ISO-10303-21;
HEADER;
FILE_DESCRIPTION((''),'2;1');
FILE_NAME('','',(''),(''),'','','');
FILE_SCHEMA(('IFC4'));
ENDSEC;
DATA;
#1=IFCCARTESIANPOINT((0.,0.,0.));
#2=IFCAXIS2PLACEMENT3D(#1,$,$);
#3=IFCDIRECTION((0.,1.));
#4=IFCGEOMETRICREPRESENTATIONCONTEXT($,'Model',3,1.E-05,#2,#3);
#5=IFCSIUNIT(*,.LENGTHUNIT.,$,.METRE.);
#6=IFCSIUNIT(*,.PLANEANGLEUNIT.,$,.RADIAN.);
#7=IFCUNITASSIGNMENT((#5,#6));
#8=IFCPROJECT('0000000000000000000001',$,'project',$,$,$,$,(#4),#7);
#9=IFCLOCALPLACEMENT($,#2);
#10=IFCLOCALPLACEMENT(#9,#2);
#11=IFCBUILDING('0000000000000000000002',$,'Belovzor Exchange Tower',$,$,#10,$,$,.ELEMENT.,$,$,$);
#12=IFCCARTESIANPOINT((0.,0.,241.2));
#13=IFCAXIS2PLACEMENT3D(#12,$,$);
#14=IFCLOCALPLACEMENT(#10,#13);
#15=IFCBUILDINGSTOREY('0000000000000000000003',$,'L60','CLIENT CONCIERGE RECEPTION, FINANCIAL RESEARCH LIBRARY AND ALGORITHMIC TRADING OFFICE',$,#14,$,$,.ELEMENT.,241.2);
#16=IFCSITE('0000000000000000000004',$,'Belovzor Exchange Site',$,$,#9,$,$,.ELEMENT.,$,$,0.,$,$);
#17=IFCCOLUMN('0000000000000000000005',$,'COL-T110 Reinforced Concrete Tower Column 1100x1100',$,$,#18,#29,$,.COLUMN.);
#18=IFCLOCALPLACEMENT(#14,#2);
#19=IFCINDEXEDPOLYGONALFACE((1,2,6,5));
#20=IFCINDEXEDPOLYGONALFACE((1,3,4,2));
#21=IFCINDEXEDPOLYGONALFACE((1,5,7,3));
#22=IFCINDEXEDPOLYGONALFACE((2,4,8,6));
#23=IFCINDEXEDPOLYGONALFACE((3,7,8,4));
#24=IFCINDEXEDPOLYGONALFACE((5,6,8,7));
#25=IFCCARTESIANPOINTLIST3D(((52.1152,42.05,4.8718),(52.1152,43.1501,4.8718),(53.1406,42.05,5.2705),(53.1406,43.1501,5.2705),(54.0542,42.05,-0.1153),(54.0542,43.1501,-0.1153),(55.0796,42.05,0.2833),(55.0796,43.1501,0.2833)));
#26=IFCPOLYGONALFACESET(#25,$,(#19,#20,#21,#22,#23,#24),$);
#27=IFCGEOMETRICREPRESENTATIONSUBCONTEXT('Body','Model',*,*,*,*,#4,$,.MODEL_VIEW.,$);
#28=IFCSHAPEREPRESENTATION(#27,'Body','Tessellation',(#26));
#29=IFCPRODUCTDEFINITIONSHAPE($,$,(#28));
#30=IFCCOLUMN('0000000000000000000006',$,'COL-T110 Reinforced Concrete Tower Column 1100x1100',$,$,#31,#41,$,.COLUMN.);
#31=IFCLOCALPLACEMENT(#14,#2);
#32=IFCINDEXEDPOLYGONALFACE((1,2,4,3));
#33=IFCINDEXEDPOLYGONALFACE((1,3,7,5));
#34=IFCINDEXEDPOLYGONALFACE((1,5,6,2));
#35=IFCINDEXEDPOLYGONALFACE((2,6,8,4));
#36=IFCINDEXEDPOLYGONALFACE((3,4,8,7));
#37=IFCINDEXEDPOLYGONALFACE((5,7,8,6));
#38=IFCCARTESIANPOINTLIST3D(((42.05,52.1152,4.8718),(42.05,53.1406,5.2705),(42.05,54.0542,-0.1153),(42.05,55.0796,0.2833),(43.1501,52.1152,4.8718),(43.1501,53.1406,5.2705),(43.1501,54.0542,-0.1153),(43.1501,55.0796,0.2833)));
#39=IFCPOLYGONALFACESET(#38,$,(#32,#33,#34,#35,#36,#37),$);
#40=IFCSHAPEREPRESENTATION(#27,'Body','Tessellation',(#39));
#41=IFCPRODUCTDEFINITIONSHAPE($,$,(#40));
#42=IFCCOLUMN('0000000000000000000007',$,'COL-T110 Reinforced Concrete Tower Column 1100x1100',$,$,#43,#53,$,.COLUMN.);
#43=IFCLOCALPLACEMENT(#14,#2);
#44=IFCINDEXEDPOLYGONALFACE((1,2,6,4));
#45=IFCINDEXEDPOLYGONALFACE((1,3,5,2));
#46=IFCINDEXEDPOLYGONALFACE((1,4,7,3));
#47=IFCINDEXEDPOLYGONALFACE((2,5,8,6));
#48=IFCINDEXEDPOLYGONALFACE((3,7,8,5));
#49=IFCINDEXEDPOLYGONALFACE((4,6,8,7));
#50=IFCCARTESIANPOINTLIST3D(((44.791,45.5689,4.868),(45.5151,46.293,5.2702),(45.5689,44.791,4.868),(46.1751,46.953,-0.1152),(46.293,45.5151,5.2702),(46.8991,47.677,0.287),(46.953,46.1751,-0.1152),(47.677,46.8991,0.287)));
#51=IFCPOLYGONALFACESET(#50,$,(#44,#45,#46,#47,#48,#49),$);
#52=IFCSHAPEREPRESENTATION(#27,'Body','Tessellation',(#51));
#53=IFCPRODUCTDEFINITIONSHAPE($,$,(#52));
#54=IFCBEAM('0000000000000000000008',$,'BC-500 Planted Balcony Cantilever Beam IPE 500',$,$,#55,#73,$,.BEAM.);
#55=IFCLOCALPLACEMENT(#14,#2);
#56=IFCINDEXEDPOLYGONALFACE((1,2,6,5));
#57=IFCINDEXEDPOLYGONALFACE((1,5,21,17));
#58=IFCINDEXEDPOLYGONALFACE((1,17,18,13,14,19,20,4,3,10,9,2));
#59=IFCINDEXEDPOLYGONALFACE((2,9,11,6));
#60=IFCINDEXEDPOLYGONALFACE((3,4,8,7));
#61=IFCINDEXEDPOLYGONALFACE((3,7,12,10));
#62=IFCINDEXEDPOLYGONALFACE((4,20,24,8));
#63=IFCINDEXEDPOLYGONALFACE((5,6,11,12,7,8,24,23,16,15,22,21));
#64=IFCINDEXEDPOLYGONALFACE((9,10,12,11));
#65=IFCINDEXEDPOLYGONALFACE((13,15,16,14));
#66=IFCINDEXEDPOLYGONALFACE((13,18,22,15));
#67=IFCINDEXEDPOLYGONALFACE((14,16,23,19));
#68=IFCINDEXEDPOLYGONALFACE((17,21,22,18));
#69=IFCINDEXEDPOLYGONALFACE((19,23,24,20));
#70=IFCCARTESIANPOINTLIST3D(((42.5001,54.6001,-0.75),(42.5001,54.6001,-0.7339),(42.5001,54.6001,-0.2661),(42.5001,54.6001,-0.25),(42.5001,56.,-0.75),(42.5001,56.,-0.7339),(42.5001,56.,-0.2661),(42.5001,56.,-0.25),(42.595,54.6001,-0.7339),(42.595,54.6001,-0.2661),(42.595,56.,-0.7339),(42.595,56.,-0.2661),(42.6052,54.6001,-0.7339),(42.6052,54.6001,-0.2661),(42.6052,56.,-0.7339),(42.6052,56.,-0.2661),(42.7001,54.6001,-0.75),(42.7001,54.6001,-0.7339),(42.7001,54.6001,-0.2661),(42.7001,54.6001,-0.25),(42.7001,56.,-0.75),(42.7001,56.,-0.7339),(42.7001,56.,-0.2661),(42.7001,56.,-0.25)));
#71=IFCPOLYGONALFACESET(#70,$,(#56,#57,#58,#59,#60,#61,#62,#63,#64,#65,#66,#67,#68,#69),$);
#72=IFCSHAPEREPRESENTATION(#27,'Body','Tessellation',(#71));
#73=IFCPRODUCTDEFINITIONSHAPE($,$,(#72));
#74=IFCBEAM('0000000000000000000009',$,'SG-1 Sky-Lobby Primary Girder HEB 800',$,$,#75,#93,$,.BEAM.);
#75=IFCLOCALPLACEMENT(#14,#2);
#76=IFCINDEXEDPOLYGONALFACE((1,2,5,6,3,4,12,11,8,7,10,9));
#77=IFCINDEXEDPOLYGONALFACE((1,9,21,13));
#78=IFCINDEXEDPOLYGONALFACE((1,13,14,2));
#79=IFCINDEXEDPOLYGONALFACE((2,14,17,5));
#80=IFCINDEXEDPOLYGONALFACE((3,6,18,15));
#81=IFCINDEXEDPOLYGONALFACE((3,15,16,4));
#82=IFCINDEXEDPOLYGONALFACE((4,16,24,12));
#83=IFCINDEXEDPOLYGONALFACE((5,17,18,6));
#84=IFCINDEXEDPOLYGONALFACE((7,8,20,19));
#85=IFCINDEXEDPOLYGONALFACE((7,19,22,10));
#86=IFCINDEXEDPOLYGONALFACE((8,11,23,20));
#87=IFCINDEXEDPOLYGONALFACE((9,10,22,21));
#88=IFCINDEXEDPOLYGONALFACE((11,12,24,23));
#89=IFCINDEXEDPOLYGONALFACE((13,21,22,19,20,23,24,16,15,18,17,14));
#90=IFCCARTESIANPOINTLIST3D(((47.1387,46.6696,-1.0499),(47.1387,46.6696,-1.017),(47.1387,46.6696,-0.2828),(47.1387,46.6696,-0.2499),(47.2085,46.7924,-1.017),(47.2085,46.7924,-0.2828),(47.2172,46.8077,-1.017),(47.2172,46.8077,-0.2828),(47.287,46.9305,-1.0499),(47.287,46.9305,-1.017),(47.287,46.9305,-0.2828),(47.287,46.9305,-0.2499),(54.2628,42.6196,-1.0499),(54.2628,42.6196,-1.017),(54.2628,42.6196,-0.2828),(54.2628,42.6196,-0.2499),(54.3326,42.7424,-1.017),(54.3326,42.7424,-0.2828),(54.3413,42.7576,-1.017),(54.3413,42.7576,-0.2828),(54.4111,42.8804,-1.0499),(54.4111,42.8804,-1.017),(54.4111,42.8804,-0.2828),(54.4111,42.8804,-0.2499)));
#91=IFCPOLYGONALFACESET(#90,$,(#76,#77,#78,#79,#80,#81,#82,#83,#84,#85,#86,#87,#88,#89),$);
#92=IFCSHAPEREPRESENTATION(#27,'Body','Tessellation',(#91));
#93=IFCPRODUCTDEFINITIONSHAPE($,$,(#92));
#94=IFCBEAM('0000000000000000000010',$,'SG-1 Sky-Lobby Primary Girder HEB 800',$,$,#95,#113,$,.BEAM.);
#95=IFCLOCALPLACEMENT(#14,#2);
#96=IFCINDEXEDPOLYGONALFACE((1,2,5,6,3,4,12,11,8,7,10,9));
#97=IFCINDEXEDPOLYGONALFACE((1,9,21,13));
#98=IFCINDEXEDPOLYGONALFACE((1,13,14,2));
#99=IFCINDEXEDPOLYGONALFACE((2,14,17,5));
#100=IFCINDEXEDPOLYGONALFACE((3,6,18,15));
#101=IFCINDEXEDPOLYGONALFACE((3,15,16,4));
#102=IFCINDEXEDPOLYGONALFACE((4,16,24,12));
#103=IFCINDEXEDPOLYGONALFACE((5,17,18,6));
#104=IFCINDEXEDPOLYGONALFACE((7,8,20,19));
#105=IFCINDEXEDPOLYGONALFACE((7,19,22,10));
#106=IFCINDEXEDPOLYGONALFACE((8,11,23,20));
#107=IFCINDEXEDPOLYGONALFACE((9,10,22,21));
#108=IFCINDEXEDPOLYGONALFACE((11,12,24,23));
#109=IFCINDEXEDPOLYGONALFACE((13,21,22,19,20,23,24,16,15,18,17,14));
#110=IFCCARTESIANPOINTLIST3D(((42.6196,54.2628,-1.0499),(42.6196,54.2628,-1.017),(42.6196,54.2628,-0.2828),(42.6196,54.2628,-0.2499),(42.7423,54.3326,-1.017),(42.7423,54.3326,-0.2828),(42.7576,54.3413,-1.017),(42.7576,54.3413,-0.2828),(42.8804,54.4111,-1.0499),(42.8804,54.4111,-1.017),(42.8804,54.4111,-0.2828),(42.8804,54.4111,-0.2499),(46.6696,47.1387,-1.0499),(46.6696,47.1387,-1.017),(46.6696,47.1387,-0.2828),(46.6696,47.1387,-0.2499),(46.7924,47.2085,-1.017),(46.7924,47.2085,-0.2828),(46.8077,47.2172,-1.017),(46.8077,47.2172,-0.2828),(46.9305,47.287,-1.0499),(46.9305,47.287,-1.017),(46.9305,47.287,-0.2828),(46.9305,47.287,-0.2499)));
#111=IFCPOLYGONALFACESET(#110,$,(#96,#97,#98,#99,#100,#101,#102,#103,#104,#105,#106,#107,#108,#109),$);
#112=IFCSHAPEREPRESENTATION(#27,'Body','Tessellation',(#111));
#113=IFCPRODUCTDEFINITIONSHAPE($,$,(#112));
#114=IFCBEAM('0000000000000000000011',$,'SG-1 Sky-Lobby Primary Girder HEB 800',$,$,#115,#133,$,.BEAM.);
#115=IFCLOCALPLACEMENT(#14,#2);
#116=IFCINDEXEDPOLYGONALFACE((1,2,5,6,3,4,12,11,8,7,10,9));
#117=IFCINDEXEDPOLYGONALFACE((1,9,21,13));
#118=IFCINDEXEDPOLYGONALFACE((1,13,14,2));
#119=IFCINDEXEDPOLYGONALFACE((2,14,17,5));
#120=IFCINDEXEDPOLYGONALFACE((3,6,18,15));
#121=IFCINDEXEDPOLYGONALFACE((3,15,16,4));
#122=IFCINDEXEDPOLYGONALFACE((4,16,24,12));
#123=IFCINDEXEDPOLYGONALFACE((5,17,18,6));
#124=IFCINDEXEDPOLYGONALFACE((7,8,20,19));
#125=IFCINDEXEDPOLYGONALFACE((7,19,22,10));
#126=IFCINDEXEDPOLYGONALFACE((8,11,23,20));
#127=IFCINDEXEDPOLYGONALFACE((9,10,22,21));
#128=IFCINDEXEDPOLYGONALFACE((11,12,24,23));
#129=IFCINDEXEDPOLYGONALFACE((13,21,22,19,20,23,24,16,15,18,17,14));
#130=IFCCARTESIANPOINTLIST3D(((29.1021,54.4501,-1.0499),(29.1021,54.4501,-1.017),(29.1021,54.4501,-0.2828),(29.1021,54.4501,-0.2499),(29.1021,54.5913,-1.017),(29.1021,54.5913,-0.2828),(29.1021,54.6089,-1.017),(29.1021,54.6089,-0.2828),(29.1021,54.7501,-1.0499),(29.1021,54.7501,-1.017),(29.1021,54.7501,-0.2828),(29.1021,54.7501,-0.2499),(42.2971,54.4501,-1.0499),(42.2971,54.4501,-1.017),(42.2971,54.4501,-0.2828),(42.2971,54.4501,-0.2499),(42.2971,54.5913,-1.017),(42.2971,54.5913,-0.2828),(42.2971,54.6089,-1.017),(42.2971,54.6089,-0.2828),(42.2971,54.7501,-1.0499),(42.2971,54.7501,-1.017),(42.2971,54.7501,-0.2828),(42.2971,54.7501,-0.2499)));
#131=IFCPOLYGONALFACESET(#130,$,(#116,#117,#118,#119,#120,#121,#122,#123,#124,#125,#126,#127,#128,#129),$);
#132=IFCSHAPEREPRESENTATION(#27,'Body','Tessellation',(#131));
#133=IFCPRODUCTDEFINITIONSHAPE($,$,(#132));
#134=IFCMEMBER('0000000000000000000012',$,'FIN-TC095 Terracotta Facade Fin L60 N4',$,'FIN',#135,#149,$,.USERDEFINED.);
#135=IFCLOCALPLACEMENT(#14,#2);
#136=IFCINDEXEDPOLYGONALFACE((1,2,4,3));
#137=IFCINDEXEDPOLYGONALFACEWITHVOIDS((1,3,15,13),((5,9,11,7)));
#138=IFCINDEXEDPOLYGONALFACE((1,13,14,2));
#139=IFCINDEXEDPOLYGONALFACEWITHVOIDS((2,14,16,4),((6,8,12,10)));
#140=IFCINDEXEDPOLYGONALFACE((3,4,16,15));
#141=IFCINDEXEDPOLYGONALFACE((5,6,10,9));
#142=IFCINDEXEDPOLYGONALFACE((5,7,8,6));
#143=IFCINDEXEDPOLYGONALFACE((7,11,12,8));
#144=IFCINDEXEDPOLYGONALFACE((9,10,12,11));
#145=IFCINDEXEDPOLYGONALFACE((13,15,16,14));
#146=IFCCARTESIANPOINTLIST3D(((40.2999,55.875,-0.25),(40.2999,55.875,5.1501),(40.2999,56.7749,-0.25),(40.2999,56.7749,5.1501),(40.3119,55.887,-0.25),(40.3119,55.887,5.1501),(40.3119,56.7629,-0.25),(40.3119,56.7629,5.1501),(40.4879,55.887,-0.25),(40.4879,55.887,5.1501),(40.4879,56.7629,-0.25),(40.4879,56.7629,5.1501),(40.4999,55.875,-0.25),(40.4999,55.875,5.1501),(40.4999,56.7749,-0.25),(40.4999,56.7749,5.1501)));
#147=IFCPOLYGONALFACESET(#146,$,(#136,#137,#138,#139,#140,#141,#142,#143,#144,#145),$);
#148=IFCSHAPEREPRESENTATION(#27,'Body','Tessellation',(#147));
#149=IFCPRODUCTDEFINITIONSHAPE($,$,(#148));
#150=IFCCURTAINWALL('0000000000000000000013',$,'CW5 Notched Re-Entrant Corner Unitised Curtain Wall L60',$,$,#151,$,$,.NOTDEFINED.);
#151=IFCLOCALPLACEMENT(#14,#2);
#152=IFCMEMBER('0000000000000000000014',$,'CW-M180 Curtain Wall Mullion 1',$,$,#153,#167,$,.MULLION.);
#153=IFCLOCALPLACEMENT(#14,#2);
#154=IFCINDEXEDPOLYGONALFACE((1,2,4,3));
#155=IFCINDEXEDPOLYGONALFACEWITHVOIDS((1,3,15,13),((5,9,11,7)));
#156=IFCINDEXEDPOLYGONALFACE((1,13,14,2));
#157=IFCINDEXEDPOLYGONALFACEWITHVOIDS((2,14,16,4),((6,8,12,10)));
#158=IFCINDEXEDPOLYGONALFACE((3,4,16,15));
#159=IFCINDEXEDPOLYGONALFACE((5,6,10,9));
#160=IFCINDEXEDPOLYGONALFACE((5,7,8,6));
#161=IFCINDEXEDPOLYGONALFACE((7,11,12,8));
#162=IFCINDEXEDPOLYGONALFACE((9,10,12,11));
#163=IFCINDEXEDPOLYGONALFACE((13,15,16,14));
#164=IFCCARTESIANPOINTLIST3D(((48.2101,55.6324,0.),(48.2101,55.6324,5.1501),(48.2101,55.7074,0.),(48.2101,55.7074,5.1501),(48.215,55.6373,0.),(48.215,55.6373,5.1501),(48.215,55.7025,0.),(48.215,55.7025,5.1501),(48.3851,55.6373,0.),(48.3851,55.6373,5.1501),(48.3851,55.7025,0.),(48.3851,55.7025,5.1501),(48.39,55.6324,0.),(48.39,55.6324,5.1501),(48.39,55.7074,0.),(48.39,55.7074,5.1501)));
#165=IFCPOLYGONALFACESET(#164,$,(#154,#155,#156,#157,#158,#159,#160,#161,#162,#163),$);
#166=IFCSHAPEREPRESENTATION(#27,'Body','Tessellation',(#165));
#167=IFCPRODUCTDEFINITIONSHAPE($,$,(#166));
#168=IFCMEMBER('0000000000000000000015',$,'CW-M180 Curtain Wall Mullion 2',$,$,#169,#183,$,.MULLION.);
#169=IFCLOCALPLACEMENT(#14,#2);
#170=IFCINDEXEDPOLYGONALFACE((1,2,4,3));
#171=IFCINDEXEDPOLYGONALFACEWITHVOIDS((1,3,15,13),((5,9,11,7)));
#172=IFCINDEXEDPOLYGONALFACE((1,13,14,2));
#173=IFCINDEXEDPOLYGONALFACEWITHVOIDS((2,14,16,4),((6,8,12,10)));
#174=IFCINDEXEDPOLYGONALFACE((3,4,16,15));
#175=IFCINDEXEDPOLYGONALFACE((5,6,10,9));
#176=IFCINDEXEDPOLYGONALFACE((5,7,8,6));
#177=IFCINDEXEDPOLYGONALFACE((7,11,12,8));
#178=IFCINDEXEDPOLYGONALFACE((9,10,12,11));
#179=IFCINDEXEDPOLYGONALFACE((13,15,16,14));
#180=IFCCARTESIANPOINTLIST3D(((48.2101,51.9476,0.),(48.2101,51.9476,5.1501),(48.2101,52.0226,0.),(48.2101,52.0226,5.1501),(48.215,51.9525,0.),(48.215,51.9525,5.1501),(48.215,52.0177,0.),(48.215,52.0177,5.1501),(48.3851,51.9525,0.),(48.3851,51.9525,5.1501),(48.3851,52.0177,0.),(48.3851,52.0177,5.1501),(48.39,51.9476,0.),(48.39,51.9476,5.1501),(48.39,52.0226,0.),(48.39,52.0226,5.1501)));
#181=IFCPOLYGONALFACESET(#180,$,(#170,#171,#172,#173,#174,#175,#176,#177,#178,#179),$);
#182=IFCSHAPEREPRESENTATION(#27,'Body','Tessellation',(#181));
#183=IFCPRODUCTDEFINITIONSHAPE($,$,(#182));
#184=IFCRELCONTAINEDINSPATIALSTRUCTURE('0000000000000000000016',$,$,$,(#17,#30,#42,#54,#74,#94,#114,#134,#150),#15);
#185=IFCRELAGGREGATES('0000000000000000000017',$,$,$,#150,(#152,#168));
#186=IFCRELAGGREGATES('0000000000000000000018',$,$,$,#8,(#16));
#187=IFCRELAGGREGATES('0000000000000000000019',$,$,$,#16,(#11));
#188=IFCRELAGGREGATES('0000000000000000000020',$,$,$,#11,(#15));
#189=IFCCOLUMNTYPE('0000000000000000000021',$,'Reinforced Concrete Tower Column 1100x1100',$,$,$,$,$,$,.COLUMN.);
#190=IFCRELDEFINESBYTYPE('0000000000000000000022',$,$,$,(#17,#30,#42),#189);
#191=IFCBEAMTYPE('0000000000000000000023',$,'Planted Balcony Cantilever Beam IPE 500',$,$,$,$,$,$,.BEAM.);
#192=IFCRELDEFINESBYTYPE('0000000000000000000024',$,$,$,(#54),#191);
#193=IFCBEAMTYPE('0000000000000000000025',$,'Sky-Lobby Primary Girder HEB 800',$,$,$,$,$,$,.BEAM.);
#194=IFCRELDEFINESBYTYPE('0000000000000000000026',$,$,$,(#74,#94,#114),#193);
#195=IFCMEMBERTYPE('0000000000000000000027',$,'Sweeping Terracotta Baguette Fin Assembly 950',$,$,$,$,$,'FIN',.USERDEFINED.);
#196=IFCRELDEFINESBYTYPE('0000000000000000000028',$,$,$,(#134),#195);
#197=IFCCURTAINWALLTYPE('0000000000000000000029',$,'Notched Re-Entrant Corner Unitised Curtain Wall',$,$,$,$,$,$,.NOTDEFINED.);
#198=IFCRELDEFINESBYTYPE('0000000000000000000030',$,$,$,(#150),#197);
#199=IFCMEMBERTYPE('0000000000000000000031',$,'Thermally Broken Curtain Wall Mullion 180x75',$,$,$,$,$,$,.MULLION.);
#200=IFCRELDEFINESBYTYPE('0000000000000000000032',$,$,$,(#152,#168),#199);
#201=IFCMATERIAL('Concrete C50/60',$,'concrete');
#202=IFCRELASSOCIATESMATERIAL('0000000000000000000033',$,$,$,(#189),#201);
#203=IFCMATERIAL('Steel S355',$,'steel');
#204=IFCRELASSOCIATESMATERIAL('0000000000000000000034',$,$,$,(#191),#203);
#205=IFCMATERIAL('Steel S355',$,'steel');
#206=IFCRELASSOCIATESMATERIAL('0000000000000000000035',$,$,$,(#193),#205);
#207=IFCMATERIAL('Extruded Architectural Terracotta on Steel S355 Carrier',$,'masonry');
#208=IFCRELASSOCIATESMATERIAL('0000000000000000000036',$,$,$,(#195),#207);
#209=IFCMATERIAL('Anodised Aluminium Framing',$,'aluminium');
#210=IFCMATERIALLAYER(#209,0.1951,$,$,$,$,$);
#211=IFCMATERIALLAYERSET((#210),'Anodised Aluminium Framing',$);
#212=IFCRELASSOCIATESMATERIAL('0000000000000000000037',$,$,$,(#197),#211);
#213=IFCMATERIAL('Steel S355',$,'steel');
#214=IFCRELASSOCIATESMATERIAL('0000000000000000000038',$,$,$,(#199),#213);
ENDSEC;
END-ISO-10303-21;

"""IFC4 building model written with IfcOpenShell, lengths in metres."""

from ifc_helpers import new_model, si_unit, direction, frame, origin, origin_2d, place, context, subcontext, project, spatial, rectangle, hollow_rectangle, i_section, extrude, material, layer, layer_set, material_profile, profile_set, type_object, element, aggregate, save


model = new_model("IFC4")

# Units and contexts
model_context = context("Model", 3, precision=1e-05, world=origin(), true_north=direction((0.0, 1.0)))
body_context = subcontext(model_context, "Body", "Model", "MODEL_VIEW")
ifc_project = project(units=[si_unit("LENGTHUNIT", "METRE"), si_unit("PLANEANGLEUNIT", "RADIAN")], contexts=[model_context])

# Site, building, storey
site_placement = place(None, origin())
site = spatial("IfcSite", under=ifc_project, at=site_placement, Name="Belovzor Exchange Site", CompositionType="ELEMENT", RefElevation=0.0)
building_placement = place(site_placement, origin())
building = spatial("IfcBuilding", under=site, at=building_placement, Name="Belovzor Exchange Tower", CompositionType="ELEMENT")
storey_placement = place(building_placement, frame((0.0, 0.0, 241.2)))
storey = spatial("IfcBuildingStorey", under=building, at=storey_placement, Name="L60", Description="CLIENT CONCIERGE RECEPTION, FINANCIAL RESEARCH LIBRARY AND ALGORITHMIC TRADING OFFICE", CompositionType="ELEMENT", Elevation=241.2)

# Columns
ifc_material_1 = material(Name="Concrete C50/60", Category="concrete")
ifc_material_profile_1 = material_profile(ifc_material_1, rectangle(XDim=1.1001, YDim=1.1001, at=origin_2d()))
ifc_profile_set_1 = profile_set([ifc_material_profile_1], Name="Concrete C50/60")
column_type = type_object("IfcColumnType", Name="Reinforced Concrete Tower Column 1100x1100", PredefinedType="COLUMN", material=ifc_profile_set_1)
for number, where, z_axis, x_axis, name in (
    (1, (54.5669, 42.6001, 0.084), (-0.362374, 0.0, 0.932033), (0.0, -1.0, 0.0), "COL-T110 Reinforced Concrete Tower Column 1100x1100"),
    (2, (42.6001, 54.5669, 0.084), (0.0, -0.362374, 0.932033), (1.0, 0.0, 0.0), "COL-T110 Reinforced Concrete Tower Column 1100x1100"),
):
    element("IfcColumn", number, at=place(storey_placement, frame(where, z_axis=z_axis, x_axis=x_axis)), inside=storey, type_object=column_type, Name=name, PredefinedType="COLUMN", context=body_context, shape_type="SweptSolid", body=[
        extrude(rectangle(XDim=1.1001, YDim=1.1001, at=origin_2d()), origin(), (0.0, 0.0, 1.0), 5.3508),
    ])
column_placement = place(storey_placement, frame((46.926, 46.926, 0.0859), z_axis=(-0.258515, -0.258515, 0.930774), x_axis=(0.707107, -0.707107, 0.0)))
element("IfcColumn", 3, at=column_placement, inside=storey, type_object=column_type, Name="COL-T110 Reinforced Concrete Tower Column 1100x1100", PredefinedType="COLUMN", context=body_context, shape_type="SweptSolid", body=[
    extrude(rectangle(XDim=1.1001, YDim=1.1001, at=origin_2d()), origin(), (0.0, 0.0, 1.0), 5.3538),
])

# Beams
ifc_material_2 = material(Name="Steel S355", Category="steel")
ifc_material_profile_2 = material_profile(ifc_material_2, i_section(OverallWidth=0.2, OverallDepth=0.5, WebThickness=0.0103, FlangeThickness=0.0161, at=origin_2d()))
ifc_profile_set_2 = profile_set([ifc_material_profile_2], Name="Steel S355")
beam_type_1 = type_object("IfcBeamType", Name="Planted Balcony Cantilever Beam IPE 500", PredefinedType="BEAM", material=ifc_profile_set_2)
beam_1_placement = place(storey_placement, frame((42.6001, 54.6001, -0.5), z_axis=(0.0, 1.0, 0.0), x_axis=(-1.0, 0.0, 0.0)))
element("IfcBeam", 4, at=beam_1_placement, inside=storey, type_object=beam_type_1, Name="BC-500 Planted Balcony Cantilever Beam IPE 500", PredefinedType="BEAM", context=body_context, shape_type="SweptSolid", body=[
    extrude(i_section(OverallWidth=0.2, OverallDepth=0.5, WebThickness=0.0103, FlangeThickness=0.0161, at=origin_2d()), origin(), (0.0, 0.0, 1.0), 1.3999),
])
ifc_material_3 = material(Name="Steel S355", Category="steel")
ifc_material_profile_3 = material_profile(ifc_material_3, i_section(OverallWidth=0.3, OverallDepth=0.8, WebThickness=0.0176, FlangeThickness=0.033, at=origin_2d()))
ifc_profile_set_3 = profile_set([ifc_material_profile_3], Name="Steel S355")
beam_type_2 = type_object("IfcBeamType", Name="Sky-Lobby Primary Girder HEB 800", PredefinedType="BEAM", material=ifc_profile_set_3)
for number, where, z_axis, x_axis, name in (
    (5, (54.3369, 42.75, -0.6499), (-0.869336, 0.494222, 0.0), (-0.494222, -0.869336, 0.0), "SG-1 Sky-Lobby Primary Girder HEB 800"),
    (6, (46.8, 47.2129, -0.6499), (-0.494222, 0.869336, 0.0), (-0.869336, -0.494222, 0.0), "SG-1 Sky-Lobby Primary Girder HEB 800"),
):
    element("IfcBeam", number, at=place(storey_placement, frame(where, z_axis=z_axis, x_axis=x_axis)), inside=storey, type_object=beam_type_2, Name=name, PredefinedType="BEAM", context=body_context, shape_type="SweptSolid", body=[
        extrude(i_section(OverallWidth=0.3, OverallDepth=0.8, WebThickness=0.0176, FlangeThickness=0.033, at=origin_2d()), origin(), (0.0, 0.0, 1.0), 8.1948),
    ])
beam_2_placement = place(storey_placement, frame((42.2971, 54.6001, -0.6499), z_axis=(-1.0, 0.0, 0.0), x_axis=(0.0, -1.0, 0.0)))
element("IfcBeam", 7, at=beam_2_placement, inside=storey, type_object=beam_type_2, Name="SG-1 Sky-Lobby Primary Girder HEB 800", PredefinedType="BEAM", context=body_context, shape_type="SweptSolid", body=[
    extrude(i_section(OverallWidth=0.3, OverallDepth=0.8, WebThickness=0.0176, FlangeThickness=0.033, at=origin_2d()), origin(), (0.0, 0.0, 1.0), 13.1951),
])

# Member
ifc_material_4 = material(Name="Extruded Architectural Terracotta on Steel S355 Carrier", Category="masonry")
ifc_material_profile_4 = material_profile(ifc_material_4, hollow_rectangle(XDim=0.2, YDim=0.8999, WallThickness=0.012, at=origin_2d()))
ifc_profile_set_4 = profile_set([ifc_material_profile_4], Name="Extruded Architectural Terracotta on Steel S355 Carrier")
member_type_1 = type_object("IfcMemberType", Name="Sweeping Terracotta Baguette Fin Assembly 950", ElementType="FIN", PredefinedType="USERDEFINED", material=ifc_profile_set_4)
member_1_placement = place(storey_placement, frame((40.3999, 56.325, -0.25), z_axis=(0.0, 0.0, 1.0), x_axis=(1.0, 0.0, 0.0)))
element("IfcMember", 8, at=member_1_placement, inside=storey, type_object=member_type_1, Name="FIN-TC095 Terracotta Facade Fin L60 N4", ObjectType="FIN", PredefinedType="USERDEFINED", context=body_context, shape_type="SweptSolid", body=[
    extrude(hollow_rectangle(XDim=0.2, YDim=0.8999, WallThickness=0.012, at=origin_2d()), origin(), (0.0, 0.0, 1.0), 5.4001),
])

# Curtain wall, members
ifc_material_5 = material(Name="Anodised Aluminium Framing", Category="aluminium")
ifc_layer_1 = layer(ifc_material_5, 0.1951)
ifc_layer_set_1 = layer_set([ifc_layer_1], Name="Anodised Aluminium Framing")
curtain_wall_type = type_object("IfcCurtainWallType", Name="Notched Re-Entrant Corner Unitised Curtain Wall", PredefinedType="NOTDEFINED", material=ifc_layer_set_1)
curtain_wall_placement = place(storey_placement, origin())
curtain_wall = element("IfcCurtainWall", 9, at=curtain_wall_placement, inside=storey, type_object=curtain_wall_type, Name="CW5 Notched Re-Entrant Corner Unitised Curtain Wall L60", PredefinedType="NOTDEFINED")
ifc_material_6 = material(Name="Steel S355", Category="steel")
ifc_material_profile_5 = material_profile(ifc_material_6, hollow_rectangle(XDim=0.075, YDim=0.1799, WallThickness=0.0049, at=origin_2d()))
ifc_profile_set_5 = profile_set([ifc_material_profile_5], Name="Steel S355")
member_type_2 = type_object("IfcMemberType", Name="Thermally Broken Curtain Wall Mullion 180x75", PredefinedType="MULLION", material=ifc_profile_set_5)
member_2_placement = place(storey_placement, frame((48.3, 55.6699, 0.0), z_axis=(0.0, 0.0, 1.0), x_axis=(0.0, -1.0, 0.0)))
member_2 = element("IfcMember", 10, at=member_2_placement, type_object=member_type_2, Name="CW-M180 Curtain Wall Mullion 1", PredefinedType="MULLION", context=body_context, shape_type="SweptSolid", body=[
    extrude(hollow_rectangle(XDim=0.075, YDim=0.1799, WallThickness=0.0049, at=origin_2d()), origin(), (0.0, 0.0, 1.0), 5.1501),
])
member_3_placement = place(storey_placement, frame((48.3, 51.9851, 0.0), z_axis=(0.0, 0.0, 1.0), x_axis=(0.0, -1.0, 0.0)))
member_3 = element("IfcMember", 11, at=member_3_placement, type_object=member_type_2, Name="CW-M180 Curtain Wall Mullion 2", PredefinedType="MULLION", context=body_context, shape_type="SweptSolid", body=[
    extrude(hollow_rectangle(XDim=0.075, YDim=0.1799, WallThickness=0.0049, at=origin_2d()), origin(), (0.0, 0.0, 1.0), 5.1501),
])

aggregate(curtain_wall, [member_2, member_3])

save(model, "model.ifc")
